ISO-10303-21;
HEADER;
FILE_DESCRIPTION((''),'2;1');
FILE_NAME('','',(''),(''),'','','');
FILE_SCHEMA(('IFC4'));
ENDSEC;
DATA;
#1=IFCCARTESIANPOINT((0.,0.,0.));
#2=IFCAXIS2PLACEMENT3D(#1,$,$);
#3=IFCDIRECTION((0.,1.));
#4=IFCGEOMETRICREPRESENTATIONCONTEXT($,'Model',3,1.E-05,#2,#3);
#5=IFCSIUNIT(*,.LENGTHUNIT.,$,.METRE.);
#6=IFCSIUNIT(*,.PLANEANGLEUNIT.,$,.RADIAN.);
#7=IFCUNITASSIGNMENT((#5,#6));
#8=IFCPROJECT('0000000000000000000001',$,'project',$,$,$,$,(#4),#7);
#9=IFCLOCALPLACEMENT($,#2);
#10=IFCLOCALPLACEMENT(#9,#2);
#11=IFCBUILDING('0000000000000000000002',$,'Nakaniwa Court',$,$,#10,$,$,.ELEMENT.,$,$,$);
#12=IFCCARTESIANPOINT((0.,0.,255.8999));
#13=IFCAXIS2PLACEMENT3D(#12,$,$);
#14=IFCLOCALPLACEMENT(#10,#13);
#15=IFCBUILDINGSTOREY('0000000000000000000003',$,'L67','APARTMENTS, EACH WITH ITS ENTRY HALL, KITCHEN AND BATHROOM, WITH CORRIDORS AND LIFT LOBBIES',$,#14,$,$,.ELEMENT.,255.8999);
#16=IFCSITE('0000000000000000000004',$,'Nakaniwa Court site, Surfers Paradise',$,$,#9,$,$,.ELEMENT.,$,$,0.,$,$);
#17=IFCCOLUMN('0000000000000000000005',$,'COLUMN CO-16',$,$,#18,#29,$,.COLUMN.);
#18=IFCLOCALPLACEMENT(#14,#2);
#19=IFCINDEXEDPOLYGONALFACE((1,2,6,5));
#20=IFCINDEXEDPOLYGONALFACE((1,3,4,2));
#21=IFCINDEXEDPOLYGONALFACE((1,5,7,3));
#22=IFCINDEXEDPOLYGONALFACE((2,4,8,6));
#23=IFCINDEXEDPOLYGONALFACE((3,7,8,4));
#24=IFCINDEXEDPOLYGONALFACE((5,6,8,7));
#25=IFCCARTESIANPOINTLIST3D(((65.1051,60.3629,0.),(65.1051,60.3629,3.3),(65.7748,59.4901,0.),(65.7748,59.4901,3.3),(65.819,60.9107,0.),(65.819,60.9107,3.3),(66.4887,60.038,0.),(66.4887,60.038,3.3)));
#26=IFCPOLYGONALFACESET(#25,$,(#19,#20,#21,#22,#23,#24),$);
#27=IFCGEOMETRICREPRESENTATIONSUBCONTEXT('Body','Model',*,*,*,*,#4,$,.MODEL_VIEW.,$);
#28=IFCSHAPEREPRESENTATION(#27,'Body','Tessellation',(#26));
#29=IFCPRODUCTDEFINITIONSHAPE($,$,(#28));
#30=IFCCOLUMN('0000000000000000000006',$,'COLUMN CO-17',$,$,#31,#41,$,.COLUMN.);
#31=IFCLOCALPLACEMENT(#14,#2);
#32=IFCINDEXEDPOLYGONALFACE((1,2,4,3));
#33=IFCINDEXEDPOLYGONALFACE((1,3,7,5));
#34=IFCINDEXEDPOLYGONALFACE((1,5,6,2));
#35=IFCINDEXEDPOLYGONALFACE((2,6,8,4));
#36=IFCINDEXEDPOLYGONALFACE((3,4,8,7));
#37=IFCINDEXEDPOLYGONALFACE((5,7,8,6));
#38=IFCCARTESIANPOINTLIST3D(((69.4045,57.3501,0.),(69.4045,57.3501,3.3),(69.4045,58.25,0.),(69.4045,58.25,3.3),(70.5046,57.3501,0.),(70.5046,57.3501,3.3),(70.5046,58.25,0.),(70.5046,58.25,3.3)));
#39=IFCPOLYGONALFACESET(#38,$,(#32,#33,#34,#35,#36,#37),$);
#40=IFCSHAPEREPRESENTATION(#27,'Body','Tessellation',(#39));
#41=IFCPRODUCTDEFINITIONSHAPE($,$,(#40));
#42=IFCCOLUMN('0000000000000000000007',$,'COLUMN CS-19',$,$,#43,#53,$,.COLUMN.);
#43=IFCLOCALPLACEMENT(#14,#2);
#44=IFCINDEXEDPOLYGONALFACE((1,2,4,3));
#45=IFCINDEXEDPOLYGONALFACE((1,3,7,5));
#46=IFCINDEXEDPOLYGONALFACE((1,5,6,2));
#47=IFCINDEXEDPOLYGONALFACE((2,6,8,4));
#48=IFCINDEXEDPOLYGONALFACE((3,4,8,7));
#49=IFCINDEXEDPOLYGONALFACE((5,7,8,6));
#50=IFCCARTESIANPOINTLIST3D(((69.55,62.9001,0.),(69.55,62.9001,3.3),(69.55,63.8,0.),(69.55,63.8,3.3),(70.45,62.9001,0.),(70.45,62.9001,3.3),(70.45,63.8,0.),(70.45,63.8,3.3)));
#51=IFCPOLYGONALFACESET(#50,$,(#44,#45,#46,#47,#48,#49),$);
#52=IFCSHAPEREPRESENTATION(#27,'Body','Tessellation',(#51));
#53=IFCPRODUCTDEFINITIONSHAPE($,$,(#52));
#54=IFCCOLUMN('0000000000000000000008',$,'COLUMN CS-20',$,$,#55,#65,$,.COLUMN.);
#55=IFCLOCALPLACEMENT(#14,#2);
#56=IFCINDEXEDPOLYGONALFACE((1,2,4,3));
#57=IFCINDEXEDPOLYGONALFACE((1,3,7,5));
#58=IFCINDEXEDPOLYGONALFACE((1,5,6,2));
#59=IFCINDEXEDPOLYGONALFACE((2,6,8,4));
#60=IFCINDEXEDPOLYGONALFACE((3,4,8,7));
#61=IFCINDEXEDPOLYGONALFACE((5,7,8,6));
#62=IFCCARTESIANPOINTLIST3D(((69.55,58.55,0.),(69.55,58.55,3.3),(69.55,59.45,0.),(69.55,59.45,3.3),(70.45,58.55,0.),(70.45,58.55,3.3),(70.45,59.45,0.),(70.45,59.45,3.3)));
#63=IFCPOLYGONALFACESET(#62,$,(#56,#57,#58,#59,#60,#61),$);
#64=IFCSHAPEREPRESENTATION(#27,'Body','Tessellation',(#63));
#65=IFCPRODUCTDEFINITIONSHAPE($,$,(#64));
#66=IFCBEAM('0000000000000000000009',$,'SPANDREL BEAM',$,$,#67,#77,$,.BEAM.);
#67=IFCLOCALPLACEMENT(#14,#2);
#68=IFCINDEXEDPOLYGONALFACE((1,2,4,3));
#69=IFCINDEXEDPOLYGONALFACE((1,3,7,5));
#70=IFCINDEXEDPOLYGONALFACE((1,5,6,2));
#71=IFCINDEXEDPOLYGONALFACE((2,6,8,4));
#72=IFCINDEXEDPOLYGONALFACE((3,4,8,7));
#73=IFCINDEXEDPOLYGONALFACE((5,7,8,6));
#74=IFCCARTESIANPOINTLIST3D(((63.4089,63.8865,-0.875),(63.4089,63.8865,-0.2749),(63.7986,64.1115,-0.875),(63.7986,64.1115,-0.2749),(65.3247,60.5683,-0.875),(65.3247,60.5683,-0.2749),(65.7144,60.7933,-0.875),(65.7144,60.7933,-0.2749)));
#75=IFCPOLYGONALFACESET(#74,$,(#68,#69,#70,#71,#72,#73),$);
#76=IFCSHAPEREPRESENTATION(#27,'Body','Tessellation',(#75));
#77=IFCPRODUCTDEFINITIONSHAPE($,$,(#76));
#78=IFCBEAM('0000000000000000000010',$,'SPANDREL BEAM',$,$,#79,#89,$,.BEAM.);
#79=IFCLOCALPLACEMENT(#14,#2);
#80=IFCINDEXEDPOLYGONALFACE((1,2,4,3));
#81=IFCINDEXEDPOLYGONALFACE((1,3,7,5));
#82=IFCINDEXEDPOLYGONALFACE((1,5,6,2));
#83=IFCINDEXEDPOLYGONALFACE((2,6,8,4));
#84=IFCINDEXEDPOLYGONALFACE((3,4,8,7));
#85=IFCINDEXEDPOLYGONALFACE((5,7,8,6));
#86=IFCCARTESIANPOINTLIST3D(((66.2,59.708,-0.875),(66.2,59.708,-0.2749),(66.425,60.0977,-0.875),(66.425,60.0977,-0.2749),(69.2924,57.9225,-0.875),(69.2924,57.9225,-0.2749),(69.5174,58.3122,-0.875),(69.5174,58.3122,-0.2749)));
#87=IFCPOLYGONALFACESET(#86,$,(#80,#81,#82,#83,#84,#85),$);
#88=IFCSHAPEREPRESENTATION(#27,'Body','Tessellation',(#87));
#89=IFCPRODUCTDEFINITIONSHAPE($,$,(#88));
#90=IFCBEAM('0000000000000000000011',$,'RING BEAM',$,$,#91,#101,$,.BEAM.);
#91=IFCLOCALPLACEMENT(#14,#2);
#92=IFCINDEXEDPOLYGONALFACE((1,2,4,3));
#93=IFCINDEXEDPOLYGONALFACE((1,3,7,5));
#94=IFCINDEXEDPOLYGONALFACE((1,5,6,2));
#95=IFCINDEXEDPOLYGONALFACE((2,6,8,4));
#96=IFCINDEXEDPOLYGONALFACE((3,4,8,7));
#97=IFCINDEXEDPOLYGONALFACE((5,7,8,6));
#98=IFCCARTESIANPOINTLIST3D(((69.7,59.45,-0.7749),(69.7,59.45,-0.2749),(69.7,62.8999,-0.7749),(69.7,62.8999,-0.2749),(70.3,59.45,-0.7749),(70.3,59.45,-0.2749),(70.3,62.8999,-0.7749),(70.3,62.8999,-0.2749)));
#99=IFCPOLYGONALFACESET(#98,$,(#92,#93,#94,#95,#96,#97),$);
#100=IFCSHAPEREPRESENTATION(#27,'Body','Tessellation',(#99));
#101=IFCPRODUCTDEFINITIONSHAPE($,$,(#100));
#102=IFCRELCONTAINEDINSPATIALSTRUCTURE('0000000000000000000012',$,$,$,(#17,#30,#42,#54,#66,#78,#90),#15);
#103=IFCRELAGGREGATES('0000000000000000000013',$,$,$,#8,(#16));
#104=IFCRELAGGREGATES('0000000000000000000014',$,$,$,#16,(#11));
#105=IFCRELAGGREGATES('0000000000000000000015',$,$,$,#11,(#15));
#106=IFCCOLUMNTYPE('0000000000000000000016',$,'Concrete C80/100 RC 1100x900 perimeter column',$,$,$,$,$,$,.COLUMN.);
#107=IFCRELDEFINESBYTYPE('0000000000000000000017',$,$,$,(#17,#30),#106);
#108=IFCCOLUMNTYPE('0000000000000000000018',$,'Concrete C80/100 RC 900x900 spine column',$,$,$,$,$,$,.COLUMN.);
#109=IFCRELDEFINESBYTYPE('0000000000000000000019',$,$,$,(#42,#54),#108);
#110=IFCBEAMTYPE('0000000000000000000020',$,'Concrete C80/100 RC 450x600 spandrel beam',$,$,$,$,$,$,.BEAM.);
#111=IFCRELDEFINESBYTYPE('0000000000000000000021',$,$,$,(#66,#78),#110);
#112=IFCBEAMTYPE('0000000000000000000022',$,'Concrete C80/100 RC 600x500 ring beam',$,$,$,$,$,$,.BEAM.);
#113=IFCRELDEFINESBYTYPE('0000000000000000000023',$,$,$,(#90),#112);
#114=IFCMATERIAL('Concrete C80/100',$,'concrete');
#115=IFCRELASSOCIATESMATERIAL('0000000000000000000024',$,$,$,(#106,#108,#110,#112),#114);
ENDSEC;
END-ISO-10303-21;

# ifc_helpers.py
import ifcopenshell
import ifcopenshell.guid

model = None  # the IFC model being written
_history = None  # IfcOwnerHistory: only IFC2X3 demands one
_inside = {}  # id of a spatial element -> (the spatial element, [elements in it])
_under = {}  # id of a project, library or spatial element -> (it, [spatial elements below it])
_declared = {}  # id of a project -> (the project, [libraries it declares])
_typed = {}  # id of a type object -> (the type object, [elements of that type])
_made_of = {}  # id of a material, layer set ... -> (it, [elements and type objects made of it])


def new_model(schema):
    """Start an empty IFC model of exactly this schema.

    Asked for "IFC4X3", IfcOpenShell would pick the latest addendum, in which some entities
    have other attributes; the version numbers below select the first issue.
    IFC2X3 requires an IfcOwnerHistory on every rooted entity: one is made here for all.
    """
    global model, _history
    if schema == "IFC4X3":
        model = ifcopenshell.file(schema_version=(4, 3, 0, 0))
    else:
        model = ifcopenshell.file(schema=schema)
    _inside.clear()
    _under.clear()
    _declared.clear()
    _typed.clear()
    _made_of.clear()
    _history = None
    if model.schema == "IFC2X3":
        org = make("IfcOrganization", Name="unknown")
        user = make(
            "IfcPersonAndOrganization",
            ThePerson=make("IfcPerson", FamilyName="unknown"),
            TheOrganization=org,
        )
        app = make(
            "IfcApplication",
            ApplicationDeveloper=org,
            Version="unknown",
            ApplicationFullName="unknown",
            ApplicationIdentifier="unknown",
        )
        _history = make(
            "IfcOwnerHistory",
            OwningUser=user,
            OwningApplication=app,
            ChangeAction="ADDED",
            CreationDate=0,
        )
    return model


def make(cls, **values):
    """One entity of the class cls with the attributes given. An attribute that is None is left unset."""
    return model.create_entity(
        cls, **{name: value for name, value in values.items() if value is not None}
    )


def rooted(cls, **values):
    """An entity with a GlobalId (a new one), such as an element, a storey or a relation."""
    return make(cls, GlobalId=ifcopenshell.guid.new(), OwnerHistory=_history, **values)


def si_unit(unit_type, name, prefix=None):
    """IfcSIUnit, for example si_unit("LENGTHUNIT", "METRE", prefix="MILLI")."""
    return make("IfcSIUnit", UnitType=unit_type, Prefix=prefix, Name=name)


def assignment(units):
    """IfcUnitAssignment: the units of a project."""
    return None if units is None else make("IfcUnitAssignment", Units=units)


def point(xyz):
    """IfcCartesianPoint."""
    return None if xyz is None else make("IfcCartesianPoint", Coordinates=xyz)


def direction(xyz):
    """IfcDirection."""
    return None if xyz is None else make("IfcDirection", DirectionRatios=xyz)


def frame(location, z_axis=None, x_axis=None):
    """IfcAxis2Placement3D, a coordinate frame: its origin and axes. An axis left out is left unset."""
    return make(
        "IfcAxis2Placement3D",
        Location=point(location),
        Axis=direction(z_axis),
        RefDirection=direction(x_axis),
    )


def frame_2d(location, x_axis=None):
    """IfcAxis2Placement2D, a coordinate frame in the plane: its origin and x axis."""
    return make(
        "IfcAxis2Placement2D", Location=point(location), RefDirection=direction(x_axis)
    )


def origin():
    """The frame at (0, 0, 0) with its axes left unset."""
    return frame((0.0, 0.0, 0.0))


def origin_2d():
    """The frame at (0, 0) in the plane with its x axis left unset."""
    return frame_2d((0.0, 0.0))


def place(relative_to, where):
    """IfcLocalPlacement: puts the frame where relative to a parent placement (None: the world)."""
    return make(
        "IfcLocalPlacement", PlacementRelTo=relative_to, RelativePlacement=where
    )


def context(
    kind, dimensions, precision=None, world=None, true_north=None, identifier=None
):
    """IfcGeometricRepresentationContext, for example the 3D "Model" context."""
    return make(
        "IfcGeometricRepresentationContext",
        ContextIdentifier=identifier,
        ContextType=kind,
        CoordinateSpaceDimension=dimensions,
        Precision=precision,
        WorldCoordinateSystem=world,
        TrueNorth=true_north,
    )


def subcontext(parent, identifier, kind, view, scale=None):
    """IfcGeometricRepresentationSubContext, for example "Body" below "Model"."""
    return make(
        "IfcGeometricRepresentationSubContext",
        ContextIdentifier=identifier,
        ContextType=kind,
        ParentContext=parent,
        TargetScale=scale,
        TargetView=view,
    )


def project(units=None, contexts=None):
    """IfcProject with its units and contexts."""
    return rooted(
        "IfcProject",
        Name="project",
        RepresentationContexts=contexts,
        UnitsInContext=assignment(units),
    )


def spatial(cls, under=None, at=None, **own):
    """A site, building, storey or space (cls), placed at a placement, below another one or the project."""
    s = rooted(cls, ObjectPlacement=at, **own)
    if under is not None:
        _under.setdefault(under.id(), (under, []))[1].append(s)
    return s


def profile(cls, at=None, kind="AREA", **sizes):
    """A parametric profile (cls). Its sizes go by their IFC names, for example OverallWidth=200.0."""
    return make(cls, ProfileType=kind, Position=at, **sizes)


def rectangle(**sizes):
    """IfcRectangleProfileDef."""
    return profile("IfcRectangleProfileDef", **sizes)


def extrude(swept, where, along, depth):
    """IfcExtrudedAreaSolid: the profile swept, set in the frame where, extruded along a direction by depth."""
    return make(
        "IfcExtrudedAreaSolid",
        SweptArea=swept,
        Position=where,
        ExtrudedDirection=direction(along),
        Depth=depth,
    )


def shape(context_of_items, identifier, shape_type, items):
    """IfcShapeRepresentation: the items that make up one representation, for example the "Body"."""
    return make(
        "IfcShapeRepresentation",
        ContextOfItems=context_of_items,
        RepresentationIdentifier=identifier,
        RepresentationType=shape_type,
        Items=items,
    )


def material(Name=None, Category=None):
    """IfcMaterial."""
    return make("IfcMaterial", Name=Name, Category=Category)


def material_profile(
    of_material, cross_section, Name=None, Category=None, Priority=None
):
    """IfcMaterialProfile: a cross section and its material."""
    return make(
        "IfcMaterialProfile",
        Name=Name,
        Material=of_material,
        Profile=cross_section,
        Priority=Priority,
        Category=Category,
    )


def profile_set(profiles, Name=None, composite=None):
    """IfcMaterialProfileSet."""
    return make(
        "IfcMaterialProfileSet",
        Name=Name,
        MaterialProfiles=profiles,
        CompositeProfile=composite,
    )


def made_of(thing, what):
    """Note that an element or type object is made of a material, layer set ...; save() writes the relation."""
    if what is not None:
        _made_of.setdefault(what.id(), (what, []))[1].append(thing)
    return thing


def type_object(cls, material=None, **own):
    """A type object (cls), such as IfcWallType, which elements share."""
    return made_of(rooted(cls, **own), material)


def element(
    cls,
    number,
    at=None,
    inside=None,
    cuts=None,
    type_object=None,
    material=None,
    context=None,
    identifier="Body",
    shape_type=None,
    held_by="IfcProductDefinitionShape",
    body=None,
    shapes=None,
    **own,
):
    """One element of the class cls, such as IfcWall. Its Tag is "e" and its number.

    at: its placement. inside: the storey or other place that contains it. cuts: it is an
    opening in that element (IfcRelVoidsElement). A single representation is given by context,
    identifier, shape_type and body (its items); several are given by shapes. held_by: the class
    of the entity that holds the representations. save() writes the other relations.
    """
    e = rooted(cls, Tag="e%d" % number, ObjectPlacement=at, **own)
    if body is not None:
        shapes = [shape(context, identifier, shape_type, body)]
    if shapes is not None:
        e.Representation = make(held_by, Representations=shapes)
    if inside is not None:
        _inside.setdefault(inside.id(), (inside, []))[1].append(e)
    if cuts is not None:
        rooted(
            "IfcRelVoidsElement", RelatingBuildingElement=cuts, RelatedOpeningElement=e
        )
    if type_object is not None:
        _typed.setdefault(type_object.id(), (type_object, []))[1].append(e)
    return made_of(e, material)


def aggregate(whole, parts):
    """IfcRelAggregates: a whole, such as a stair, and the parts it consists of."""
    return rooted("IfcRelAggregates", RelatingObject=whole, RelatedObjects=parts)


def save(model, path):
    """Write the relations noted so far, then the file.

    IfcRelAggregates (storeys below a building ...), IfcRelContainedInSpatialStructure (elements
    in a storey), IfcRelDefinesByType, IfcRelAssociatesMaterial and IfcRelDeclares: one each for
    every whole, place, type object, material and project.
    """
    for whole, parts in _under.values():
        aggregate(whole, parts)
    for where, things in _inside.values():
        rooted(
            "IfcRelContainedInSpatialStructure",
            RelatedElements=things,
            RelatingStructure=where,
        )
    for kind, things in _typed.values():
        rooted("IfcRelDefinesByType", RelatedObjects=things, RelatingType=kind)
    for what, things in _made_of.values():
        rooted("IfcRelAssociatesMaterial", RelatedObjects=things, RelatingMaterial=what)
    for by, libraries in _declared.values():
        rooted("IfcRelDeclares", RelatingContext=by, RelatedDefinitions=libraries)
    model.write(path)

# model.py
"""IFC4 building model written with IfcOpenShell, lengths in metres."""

from ifc_helpers import new_model, si_unit, direction, frame, origin, origin_2d, place, context, subcontext, project, spatial, rectangle, extrude, material, material_profile, profile_set, type_object, element, save


model = new_model("IFC4")

# Units and contexts
model_context = context("Model", 3, precision=1e-05, world=origin(), true_north=direction((0.0, 1.0)))
body_context = subcontext(model_context, "Body", "Model", "MODEL_VIEW")
ifc_project = project(units=[si_unit("LENGTHUNIT", "METRE"), si_unit("PLANEANGLEUNIT", "RADIAN")], contexts=[model_context])

# Site, building, storey
site_placement = place(None, origin())
site = spatial("IfcSite", under=ifc_project, at=site_placement, Name="Nakaniwa Court site, Surfers Paradise", CompositionType="ELEMENT", RefElevation=0.0)
building_placement = place(site_placement, origin())
building = spatial("IfcBuilding", under=site, at=building_placement, Name="Nakaniwa Court", CompositionType="ELEMENT")
storey_placement = place(building_placement, frame((0.0, 0.0, 255.8999)))
storey = spatial("IfcBuildingStorey", under=building, at=storey_placement, Name="L67", Description="APARTMENTS, EACH WITH ITS ENTRY HALL, KITCHEN AND BATHROOM, WITH CORRIDORS AND LIFT LOBBIES", CompositionType="ELEMENT", Elevation=255.8999)

# Columns
ifc_material_1 = material(Name="Concrete C80/100", Category="concrete")
ifc_material_profile_1 = material_profile(ifc_material_1, rectangle(XDim=1.1001, YDim=0.8999, at=origin_2d()), Name="Concrete C80/100 RC 1100x900 perimeter column")
ifc_profile_set_1 = profile_set([ifc_material_profile_1], Name="Concrete C80/100")
column_type_1 = type_object("IfcColumnType", Name="Concrete C80/100 RC 1100x900 perimeter column", PredefinedType="COLUMN", material=ifc_profile_set_1)
for number, where, z_axis, x_axis, name in (
    (1, (65.7969, 60.2004, 0.0), (0.0, 0.0, 1.0), (0.608761, -0.793353, 0.0), "COLUMN CO-16"),
    (2, (69.9546, 57.8, 0.0), (0.0, 0.0, 1.0), (1.0, 0.0, 0.0), "COLUMN CO-17"),
):
    element("IfcColumn", number, at=place(storey_placement, frame(where, z_axis=z_axis, x_axis=x_axis)), inside=storey, type_object=column_type_1, Name=name, PredefinedType="COLUMN", context=body_context, shape_type="SweptSolid", body=[
        extrude(rectangle(XDim=1.1001, YDim=0.8999, at=origin_2d()), origin(), (0.0, 0.0, 1.0), 3.3),
    ])
ifc_material_profile_2 = material_profile(ifc_material_1, rectangle(XDim=0.8999, YDim=0.8999, at=origin_2d()), Name="Concrete C80/100 RC 900x900 spine column")
ifc_profile_set_2 = profile_set([ifc_material_profile_2], Name="Concrete C80/100")
column_type_2 = type_object("IfcColumnType", Name="Concrete C80/100 RC 900x900 spine column", PredefinedType="COLUMN", material=ifc_profile_set_2)
for number, where, z_axis, x_axis, name in (
    (3, (70.0, 63.3501, 0.0), (0.0, 0.0, 1.0), (0.0, -1.0, 0.0), "COLUMN CS-19"),
    (4, (70.0, 59.0, 0.0), (0.0, 0.0, 1.0), (0.0, -1.0, 0.0), "COLUMN CS-20"),
):
    element("IfcColumn", number, at=place(storey_placement, frame(where, z_axis=z_axis, x_axis=x_axis)), inside=storey, type_object=column_type_2, Name=name, PredefinedType="COLUMN", context=body_context, shape_type="SweptSolid", body=[
        extrude(rectangle(XDim=0.8999, YDim=0.8999, at=origin_2d()), origin(), (0.0, 0.0, 1.0), 3.3),
    ])

# Beams
ifc_material_profile_3 = material_profile(ifc_material_1, rectangle(XDim=0.45, YDim=0.6001, at=origin_2d()), Name="Concrete C80/100 RC 450x600 spandrel beam")
ifc_profile_set_3 = profile_set([ifc_material_profile_3], Name="Concrete C80/100")
beam_type_1 = type_object("IfcBeamType", Name="Concrete C80/100 RC 450x600 spandrel beam", PredefinedType="BEAM", material=ifc_profile_set_3)
beam_1_placement = place(storey_placement, frame((63.6038, 63.999, -0.575), z_axis=(0.500011, -0.866019, 0.0), x_axis=(0.866019, 0.500011, 0.0)))
element("IfcBeam", 5, at=beam_1_placement, inside=storey, type_object=beam_type_1, Name="SPANDREL BEAM", PredefinedType="BEAM", context=body_context, shape_type="SweptSolid", body=[
    extrude(rectangle(XDim=0.45, YDim=0.6001, at=origin_2d()), origin(), (0.0, 0.0, 1.0), 3.8315),
])
beam_2_placement = place(storey_placement, frame((66.3125, 59.9028, -0.575), z_axis=(0.866017, -0.500014, 0.0), x_axis=(0.500014, 0.866017, 0.0)))
element("IfcBeam", 6, at=beam_2_placement, inside=storey, type_object=beam_type_1, Name="SPANDREL BEAM", PredefinedType="BEAM", context=body_context, shape_type="SweptSolid", body=[
    extrude(rectangle(XDim=0.45, YDim=0.6001, at=origin_2d()), origin(), (0.0, 0.0, 1.0), 3.5708),
])
ifc_material_profile_4 = material_profile(ifc_material_1, rectangle(XDim=0.6001, YDim=0.5, at=origin_2d()), Name="Concrete C80/100 RC 600x500 ring beam")
ifc_profile_set_4 = profile_set([ifc_material_profile_4], Name="Concrete C80/100")
beam_type_2 = type_object("IfcBeamType", Name="Concrete C80/100 RC 600x500 ring beam", PredefinedType="BEAM", material=ifc_profile_set_4)
beam_3_placement = place(storey_placement, frame((70.0, 62.8999, -0.5249), z_axis=(0.0, -1.0, 0.0), x_axis=(1.0, 0.0, 0.0)))
element("IfcBeam", 7, at=beam_3_placement, inside=storey, type_object=beam_type_2, Name="RING BEAM", PredefinedType="BEAM", context=body_context, shape_type="SweptSolid", body=[
    extrude(rectangle(XDim=0.6001, YDim=0.5, at=origin_2d()), origin(), (0.0, 0.0, 1.0), 3.45),
])

save(model, "model.ifc")
